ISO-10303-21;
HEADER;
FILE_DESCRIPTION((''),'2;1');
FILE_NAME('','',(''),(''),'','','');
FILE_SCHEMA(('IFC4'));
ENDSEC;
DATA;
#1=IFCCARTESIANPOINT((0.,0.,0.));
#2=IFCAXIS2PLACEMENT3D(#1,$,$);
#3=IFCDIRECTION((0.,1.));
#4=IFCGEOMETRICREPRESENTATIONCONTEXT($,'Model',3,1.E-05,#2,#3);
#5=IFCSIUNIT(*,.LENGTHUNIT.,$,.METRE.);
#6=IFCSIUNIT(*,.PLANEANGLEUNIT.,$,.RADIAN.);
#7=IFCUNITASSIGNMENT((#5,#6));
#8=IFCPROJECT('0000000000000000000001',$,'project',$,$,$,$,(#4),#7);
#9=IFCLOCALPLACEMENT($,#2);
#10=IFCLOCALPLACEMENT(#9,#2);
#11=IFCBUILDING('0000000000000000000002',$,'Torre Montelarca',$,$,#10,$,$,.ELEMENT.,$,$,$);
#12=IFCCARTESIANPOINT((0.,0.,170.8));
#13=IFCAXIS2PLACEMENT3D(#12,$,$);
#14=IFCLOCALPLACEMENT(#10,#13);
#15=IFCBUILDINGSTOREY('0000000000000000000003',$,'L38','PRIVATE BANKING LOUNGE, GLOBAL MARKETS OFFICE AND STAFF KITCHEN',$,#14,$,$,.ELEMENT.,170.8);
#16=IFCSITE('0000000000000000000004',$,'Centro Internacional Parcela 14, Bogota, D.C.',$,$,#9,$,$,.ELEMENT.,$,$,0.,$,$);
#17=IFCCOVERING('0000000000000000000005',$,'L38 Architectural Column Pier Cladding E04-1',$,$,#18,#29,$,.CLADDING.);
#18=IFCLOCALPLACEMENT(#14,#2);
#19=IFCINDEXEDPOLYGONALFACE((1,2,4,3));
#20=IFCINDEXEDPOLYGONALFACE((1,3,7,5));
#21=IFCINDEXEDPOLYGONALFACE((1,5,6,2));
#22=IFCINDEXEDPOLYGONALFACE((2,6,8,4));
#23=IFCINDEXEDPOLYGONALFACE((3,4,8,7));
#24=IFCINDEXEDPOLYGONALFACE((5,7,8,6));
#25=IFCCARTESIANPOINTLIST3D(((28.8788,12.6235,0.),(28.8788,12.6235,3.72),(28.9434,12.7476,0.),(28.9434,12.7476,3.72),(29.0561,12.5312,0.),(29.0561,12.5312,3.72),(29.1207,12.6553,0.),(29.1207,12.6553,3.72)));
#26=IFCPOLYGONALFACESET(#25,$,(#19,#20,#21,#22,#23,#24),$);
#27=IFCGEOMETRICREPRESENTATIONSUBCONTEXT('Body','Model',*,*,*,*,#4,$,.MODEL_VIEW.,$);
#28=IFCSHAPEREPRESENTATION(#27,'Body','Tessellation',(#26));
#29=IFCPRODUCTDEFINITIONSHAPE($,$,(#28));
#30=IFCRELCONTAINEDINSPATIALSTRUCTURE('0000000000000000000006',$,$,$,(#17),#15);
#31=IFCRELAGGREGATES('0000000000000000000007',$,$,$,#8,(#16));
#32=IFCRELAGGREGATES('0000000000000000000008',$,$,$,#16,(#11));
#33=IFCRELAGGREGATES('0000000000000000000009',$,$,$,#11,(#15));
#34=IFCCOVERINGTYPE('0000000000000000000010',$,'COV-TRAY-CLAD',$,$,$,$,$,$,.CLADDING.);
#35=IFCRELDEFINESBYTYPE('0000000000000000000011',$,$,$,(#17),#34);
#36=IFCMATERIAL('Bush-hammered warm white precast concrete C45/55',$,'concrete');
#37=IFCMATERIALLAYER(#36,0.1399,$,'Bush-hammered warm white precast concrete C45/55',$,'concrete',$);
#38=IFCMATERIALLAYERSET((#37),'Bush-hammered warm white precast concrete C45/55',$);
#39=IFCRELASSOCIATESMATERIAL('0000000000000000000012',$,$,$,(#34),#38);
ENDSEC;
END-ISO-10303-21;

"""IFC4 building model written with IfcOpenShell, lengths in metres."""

from ifc_helpers import new_model, si_unit, direction, frame, origin, origin_2d, place, context, subcontext, project, spatial, rectangle, extrude, source, transform, mapped, material, layer, layer_set, type_object, element, save


model = new_model("IFC4")

# Units and contexts
model_context = context("Model", 3, precision=1e-05, world=origin(), true_north=direction((0.0, 1.0)))
body_context = subcontext(model_context, "Body", "Model", "MODEL_VIEW")
ifc_project = project(units=[si_unit("LENGTHUNIT", "METRE"), si_unit("PLANEANGLEUNIT", "RADIAN")], contexts=[model_context])

# Site, building, storey
site_placement = place(None, origin())
site = spatial("IfcSite", under=ifc_project, at=site_placement, Name="Centro Internacional Parcela 14, Bogota, D.C.", CompositionType="ELEMENT", RefElevation=0.0)
building_placement = place(site_placement, origin())
building = spatial("IfcBuilding", under=site, at=building_placement, Name="Torre Montelarca", CompositionType="ELEMENT")
storey_placement = place(building_placement, frame((0.0, 0.0, 170.8)))
storey = spatial("IfcBuildingStorey", under=building, at=storey_placement, Name="L38", Description="PRIVATE BANKING LOUNGE, GLOBAL MARKETS OFFICE AND STAFF KITCHEN", CompositionType="ELEMENT", Elevation=170.8)

# Covering
ifc_material_1 = material(Name="Bush-hammered warm white precast concrete C45/55", Category="concrete")
ifc_layer_1 = layer(ifc_material_1, 0.1399, Name="Bush-hammered warm white precast concrete C45/55", Category="concrete")
ifc_layer_set_1 = layer_set([ifc_layer_1], Name="Bush-hammered warm white precast concrete C45/55")
covering_type = type_object("IfcCoveringType", Name="COV-TRAY-CLAD", PredefinedType="CLADDING", material=ifc_layer_set_1)
shared_shape_1 = source(origin(), body_context, "Body", "SweptSolid", [
    extrude(rectangle(XDim=0.2, YDim=0.1399, at=origin_2d()), origin(), (0.0, 0.0, 1.0), 3.72),
])
for number, where, z_axis, x_axis, name in (
    (1, (28.9998, 12.6394, 0.0), (0.0, 0.0, 1.0), (0.887012, -0.461747, 0.0), "L38 Architectural Column Pier Cladding E04-1"),
):
    element("IfcCovering", number, at=place(storey_placement, frame(where, z_axis=z_axis, x_axis=x_axis)), inside=storey, type_object=covering_type, Name=name, PredefinedType="CLADDING", context=body_context, shape_type="MappedRepresentation", body=[
        mapped(shared_shape_1, transform((0.0, 0.0, 0.0), scale=1.0)),
    ])

save(model, "model.ifc")
